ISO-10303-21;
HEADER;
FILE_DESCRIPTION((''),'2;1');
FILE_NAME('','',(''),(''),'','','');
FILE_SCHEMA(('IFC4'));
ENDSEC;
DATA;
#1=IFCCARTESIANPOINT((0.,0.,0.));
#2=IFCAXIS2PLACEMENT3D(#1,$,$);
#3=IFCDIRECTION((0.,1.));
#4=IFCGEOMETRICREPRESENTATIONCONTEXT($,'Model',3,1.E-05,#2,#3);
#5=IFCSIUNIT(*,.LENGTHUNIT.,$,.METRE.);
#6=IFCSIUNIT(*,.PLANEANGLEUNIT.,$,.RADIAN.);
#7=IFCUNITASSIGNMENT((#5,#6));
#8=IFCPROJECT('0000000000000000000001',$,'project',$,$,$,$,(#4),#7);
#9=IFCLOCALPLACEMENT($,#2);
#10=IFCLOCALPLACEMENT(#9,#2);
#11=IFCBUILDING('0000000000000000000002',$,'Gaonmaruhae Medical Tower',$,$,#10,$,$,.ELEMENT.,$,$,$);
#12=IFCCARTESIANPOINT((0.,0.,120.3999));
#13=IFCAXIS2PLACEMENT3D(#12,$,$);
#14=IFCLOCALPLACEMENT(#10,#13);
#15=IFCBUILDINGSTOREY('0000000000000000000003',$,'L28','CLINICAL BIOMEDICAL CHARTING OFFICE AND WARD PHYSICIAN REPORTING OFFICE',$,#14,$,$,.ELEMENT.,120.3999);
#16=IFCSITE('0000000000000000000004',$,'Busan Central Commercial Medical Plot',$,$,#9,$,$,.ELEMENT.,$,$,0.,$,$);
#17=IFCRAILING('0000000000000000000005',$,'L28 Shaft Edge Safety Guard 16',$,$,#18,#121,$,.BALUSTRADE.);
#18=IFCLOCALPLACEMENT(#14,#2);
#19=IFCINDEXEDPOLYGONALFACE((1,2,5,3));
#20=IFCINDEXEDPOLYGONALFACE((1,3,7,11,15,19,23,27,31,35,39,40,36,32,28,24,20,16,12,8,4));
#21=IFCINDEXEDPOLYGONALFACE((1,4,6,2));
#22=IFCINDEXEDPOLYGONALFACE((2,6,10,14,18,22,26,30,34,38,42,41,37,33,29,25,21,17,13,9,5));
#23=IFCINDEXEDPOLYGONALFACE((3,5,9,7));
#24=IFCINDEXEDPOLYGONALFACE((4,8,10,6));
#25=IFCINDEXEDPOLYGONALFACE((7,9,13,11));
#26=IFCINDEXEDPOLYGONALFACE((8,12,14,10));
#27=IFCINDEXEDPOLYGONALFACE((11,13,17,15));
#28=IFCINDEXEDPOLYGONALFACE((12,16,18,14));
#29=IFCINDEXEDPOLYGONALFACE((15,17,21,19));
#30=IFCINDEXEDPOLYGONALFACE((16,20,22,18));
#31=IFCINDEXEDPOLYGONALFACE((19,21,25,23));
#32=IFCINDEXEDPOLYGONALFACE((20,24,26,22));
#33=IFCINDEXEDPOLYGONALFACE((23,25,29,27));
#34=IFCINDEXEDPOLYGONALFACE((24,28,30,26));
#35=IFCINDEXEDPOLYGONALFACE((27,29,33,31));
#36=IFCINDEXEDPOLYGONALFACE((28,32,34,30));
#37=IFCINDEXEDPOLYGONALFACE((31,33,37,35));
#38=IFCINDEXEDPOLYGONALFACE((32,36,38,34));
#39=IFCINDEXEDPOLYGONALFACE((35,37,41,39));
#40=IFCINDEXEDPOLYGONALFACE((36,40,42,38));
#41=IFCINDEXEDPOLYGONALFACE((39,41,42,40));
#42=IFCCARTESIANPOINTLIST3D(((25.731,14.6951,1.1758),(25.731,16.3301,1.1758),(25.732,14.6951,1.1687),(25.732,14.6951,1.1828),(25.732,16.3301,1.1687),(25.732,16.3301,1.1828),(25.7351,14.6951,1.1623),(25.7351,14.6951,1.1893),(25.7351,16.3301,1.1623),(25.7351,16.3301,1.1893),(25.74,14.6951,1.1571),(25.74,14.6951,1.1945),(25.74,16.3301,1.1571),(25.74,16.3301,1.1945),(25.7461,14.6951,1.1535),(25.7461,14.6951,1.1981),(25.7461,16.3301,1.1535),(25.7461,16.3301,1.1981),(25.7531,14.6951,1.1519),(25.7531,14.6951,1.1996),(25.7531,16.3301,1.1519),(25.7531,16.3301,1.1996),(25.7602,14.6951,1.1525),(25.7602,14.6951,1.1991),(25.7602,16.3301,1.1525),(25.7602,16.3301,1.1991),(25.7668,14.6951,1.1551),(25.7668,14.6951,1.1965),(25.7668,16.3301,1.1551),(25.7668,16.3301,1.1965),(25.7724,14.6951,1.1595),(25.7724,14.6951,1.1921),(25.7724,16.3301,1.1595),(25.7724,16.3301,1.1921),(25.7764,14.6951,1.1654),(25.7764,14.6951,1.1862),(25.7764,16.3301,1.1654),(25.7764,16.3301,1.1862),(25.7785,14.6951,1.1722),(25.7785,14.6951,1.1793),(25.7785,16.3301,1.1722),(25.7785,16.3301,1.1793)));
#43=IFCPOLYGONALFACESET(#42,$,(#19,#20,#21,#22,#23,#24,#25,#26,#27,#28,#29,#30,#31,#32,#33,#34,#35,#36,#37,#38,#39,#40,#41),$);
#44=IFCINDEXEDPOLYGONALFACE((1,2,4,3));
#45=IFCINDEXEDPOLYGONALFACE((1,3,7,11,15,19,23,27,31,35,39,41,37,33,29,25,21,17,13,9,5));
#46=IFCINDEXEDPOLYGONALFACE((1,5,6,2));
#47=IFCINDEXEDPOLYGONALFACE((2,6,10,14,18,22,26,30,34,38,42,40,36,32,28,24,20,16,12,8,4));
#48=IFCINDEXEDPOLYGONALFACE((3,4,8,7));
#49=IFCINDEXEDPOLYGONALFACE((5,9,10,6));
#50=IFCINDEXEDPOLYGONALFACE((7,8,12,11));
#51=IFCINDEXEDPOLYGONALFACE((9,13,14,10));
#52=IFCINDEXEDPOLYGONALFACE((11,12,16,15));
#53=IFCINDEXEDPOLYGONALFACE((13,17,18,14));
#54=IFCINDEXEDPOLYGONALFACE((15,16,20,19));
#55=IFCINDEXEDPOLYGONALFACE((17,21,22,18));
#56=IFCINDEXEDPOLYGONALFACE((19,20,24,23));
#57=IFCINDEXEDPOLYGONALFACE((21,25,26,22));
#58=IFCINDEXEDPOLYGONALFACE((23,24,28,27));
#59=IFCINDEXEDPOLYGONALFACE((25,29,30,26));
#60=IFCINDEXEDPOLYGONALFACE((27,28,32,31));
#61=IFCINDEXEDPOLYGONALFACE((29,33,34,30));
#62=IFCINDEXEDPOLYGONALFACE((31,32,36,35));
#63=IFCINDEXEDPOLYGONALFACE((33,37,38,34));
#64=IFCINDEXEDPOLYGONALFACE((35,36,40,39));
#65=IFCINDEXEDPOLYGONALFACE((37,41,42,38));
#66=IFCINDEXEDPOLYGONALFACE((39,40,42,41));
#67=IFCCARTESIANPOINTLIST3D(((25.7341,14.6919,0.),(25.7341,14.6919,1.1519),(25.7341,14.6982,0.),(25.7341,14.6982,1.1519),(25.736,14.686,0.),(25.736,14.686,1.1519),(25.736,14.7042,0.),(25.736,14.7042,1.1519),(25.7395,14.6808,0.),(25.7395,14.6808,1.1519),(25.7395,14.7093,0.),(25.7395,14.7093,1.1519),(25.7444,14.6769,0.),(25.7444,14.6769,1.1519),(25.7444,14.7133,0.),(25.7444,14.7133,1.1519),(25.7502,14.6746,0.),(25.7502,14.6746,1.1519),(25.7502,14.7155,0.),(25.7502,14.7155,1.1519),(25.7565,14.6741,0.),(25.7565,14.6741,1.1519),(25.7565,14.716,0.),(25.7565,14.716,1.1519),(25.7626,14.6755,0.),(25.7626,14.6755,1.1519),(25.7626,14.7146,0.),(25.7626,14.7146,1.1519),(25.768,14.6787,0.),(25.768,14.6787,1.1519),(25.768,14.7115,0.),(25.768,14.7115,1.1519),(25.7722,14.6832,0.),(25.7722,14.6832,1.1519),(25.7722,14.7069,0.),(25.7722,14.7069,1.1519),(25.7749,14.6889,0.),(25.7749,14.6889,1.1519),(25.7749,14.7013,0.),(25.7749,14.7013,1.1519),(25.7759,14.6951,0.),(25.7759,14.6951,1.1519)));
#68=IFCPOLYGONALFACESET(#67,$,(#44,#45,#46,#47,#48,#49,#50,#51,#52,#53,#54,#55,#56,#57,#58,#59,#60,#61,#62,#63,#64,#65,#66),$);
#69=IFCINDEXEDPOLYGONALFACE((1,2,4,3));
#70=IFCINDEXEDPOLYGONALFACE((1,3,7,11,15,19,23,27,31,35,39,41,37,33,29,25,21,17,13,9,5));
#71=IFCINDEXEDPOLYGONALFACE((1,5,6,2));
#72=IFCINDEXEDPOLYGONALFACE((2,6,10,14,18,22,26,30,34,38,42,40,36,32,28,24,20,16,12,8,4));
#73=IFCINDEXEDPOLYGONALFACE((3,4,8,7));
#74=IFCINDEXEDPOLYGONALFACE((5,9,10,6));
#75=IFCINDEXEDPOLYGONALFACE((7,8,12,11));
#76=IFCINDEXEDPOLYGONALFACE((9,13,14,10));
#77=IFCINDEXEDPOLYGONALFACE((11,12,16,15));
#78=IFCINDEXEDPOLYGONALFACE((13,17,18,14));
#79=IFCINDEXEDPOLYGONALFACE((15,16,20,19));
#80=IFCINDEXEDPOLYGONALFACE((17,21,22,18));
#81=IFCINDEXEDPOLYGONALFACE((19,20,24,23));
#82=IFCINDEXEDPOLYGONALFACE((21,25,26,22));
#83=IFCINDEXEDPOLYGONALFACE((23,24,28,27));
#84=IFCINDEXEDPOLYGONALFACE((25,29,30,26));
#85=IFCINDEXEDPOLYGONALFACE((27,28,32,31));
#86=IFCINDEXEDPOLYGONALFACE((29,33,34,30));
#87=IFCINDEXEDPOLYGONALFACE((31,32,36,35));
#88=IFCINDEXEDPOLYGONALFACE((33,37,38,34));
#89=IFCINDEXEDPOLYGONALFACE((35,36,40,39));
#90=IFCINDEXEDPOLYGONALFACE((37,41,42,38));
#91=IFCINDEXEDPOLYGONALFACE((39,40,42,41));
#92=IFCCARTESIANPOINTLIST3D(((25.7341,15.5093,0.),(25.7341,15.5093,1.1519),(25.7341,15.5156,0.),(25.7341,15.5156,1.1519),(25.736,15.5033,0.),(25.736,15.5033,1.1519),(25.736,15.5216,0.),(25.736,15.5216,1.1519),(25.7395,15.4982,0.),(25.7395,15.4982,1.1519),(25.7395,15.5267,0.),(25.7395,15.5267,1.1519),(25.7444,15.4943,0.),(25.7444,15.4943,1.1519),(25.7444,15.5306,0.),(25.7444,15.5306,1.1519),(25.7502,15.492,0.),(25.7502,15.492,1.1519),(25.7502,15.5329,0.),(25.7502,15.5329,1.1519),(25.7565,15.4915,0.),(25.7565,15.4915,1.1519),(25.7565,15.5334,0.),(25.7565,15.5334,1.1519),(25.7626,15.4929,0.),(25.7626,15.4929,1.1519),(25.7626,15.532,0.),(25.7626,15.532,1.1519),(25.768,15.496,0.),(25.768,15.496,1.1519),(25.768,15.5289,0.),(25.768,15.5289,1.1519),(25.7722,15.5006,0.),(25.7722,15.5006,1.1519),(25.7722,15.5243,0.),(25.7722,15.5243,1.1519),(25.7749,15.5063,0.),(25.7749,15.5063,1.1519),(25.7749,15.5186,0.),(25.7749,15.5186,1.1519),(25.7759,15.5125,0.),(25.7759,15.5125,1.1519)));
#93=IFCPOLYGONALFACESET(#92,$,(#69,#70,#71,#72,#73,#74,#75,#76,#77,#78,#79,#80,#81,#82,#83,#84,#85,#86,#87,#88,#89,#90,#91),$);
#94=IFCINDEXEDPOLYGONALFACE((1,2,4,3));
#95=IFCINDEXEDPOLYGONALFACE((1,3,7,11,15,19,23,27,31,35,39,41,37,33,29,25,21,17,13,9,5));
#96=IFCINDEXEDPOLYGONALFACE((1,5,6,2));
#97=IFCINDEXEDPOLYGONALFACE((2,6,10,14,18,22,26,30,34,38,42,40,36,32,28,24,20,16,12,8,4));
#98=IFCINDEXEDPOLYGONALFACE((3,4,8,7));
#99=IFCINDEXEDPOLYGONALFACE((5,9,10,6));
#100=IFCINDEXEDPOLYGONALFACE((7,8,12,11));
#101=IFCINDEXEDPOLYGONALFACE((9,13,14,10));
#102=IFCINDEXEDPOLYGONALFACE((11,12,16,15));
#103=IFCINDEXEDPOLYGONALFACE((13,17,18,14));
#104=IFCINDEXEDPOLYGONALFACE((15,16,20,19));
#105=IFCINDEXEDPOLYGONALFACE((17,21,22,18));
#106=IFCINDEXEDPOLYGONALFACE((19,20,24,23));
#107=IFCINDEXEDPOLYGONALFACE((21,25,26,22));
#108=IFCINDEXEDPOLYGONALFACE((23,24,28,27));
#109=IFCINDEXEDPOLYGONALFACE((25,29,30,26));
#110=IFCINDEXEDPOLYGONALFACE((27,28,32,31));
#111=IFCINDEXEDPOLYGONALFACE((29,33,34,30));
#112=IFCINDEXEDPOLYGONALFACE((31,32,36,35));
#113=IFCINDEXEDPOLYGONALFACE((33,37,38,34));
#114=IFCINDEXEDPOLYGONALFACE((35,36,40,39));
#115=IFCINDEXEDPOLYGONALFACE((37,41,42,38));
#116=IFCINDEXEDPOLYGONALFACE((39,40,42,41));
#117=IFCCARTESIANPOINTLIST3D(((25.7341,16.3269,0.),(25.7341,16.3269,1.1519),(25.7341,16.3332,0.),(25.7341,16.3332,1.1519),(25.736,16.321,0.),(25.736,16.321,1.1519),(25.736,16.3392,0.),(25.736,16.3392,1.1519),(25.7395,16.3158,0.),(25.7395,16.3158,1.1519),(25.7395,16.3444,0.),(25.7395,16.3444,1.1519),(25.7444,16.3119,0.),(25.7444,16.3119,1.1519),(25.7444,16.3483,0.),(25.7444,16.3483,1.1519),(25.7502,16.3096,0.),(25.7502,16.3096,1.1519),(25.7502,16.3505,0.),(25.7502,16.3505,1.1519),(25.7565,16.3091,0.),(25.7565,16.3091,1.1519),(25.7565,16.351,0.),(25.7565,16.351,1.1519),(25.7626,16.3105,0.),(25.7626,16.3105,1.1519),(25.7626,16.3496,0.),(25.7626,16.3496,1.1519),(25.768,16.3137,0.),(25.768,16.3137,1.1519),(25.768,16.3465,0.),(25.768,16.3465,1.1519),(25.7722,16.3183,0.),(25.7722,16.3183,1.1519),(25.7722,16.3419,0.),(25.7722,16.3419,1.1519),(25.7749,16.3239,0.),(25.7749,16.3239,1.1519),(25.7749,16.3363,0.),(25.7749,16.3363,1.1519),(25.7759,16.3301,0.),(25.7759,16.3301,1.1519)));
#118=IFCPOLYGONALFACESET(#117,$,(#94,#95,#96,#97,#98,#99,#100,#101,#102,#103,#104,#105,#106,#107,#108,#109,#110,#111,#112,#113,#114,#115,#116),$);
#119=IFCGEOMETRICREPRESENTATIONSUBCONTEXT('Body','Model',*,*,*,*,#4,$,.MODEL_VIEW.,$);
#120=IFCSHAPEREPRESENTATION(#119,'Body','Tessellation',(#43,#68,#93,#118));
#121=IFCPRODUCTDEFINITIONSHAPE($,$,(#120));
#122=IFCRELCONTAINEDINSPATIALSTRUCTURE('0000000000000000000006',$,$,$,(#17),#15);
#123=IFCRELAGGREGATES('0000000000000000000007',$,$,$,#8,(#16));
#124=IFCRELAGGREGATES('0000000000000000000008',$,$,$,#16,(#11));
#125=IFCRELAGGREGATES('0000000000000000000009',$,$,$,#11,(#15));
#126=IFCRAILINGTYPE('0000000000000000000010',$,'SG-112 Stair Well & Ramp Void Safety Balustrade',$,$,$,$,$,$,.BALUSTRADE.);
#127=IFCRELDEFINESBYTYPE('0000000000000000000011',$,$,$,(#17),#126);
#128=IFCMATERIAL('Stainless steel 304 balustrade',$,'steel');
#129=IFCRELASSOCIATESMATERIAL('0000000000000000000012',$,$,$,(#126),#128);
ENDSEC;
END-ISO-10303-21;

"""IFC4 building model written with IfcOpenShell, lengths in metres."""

from ifc_helpers import new_model, si_unit, direction, frame, origin, origin_2d, place, context, subcontext, project, spatial, circle, extrude, material, type_object, element, save


model = new_model("IFC4")

# Units and contexts
model_context = context("Model", 3, precision=1e-05, world=origin(), true_north=direction((0.0, 1.0)))
body_context = subcontext(model_context, "Body", "Model", "MODEL_VIEW")
ifc_project = project(units=[si_unit("LENGTHUNIT", "METRE"), si_unit("PLANEANGLEUNIT", "RADIAN")], contexts=[model_context])

# Site, building, storey
site_placement = place(None, origin())
site = spatial("IfcSite", under=ifc_project, at=site_placement, Name="Busan Central Commercial Medical Plot", CompositionType="ELEMENT", RefElevation=0.0)
building_placement = place(site_placement, origin())
building = spatial("IfcBuilding", under=site, at=building_placement, Name="Gaonmaruhae Medical Tower", CompositionType="ELEMENT")
storey_placement = place(building_placement, frame((0.0, 0.0, 120.3999)))
storey = spatial("IfcBuildingStorey", under=building, at=storey_placement, Name="L28", Description="CLINICAL BIOMEDICAL CHARTING OFFICE AND WARD PHYSICIAN REPORTING OFFICE", CompositionType="ELEMENT", Elevation=120.3999)

# Railing
ifc_material_1 = material(Name="Stainless steel 304 balustrade", Category="steel")
railing_type_1 = type_object("IfcRailingType", Name="SG-112 Stair Well & Ramp Void Safety Balustrade", PredefinedType="BALUSTRADE", material=ifc_material_1)
railing_1_placement = place(storey_placement, frame((25.7549, 14.6951, 0.0)))
element("IfcRailing", 1, at=railing_1_placement, inside=storey, type_object=railing_type_1, Name="L28 Shaft Edge Safety Guard 16", PredefinedType="BALUSTRADE", context=body_context, shape_type="SweptSolid", body=[
    extrude(circle(Radius=0.0239, at=origin_2d()), frame((0.0, 0.0, 1.1758), z_axis=(0.0, 1.0, 0.0), x_axis=(-1.0, 0.0, 0.0)), (0.0, 0.0, 1.0), 1.635),
    extrude(circle(Radius=0.021, at=origin_2d()), origin(), (0.0, 0.0, 1.0), 1.1519),
    extrude(circle(Radius=0.021, at=origin_2d()), frame((0.0, 0.8174, 0.0)), (0.0, 0.0, 1.0), 1.1519),
    extrude(circle(Radius=0.021, at=origin_2d()), frame((0.0, 1.635, 0.0)), (0.0, 0.0, 1.0), 1.1519),
])

save(model, "model.ifc")
